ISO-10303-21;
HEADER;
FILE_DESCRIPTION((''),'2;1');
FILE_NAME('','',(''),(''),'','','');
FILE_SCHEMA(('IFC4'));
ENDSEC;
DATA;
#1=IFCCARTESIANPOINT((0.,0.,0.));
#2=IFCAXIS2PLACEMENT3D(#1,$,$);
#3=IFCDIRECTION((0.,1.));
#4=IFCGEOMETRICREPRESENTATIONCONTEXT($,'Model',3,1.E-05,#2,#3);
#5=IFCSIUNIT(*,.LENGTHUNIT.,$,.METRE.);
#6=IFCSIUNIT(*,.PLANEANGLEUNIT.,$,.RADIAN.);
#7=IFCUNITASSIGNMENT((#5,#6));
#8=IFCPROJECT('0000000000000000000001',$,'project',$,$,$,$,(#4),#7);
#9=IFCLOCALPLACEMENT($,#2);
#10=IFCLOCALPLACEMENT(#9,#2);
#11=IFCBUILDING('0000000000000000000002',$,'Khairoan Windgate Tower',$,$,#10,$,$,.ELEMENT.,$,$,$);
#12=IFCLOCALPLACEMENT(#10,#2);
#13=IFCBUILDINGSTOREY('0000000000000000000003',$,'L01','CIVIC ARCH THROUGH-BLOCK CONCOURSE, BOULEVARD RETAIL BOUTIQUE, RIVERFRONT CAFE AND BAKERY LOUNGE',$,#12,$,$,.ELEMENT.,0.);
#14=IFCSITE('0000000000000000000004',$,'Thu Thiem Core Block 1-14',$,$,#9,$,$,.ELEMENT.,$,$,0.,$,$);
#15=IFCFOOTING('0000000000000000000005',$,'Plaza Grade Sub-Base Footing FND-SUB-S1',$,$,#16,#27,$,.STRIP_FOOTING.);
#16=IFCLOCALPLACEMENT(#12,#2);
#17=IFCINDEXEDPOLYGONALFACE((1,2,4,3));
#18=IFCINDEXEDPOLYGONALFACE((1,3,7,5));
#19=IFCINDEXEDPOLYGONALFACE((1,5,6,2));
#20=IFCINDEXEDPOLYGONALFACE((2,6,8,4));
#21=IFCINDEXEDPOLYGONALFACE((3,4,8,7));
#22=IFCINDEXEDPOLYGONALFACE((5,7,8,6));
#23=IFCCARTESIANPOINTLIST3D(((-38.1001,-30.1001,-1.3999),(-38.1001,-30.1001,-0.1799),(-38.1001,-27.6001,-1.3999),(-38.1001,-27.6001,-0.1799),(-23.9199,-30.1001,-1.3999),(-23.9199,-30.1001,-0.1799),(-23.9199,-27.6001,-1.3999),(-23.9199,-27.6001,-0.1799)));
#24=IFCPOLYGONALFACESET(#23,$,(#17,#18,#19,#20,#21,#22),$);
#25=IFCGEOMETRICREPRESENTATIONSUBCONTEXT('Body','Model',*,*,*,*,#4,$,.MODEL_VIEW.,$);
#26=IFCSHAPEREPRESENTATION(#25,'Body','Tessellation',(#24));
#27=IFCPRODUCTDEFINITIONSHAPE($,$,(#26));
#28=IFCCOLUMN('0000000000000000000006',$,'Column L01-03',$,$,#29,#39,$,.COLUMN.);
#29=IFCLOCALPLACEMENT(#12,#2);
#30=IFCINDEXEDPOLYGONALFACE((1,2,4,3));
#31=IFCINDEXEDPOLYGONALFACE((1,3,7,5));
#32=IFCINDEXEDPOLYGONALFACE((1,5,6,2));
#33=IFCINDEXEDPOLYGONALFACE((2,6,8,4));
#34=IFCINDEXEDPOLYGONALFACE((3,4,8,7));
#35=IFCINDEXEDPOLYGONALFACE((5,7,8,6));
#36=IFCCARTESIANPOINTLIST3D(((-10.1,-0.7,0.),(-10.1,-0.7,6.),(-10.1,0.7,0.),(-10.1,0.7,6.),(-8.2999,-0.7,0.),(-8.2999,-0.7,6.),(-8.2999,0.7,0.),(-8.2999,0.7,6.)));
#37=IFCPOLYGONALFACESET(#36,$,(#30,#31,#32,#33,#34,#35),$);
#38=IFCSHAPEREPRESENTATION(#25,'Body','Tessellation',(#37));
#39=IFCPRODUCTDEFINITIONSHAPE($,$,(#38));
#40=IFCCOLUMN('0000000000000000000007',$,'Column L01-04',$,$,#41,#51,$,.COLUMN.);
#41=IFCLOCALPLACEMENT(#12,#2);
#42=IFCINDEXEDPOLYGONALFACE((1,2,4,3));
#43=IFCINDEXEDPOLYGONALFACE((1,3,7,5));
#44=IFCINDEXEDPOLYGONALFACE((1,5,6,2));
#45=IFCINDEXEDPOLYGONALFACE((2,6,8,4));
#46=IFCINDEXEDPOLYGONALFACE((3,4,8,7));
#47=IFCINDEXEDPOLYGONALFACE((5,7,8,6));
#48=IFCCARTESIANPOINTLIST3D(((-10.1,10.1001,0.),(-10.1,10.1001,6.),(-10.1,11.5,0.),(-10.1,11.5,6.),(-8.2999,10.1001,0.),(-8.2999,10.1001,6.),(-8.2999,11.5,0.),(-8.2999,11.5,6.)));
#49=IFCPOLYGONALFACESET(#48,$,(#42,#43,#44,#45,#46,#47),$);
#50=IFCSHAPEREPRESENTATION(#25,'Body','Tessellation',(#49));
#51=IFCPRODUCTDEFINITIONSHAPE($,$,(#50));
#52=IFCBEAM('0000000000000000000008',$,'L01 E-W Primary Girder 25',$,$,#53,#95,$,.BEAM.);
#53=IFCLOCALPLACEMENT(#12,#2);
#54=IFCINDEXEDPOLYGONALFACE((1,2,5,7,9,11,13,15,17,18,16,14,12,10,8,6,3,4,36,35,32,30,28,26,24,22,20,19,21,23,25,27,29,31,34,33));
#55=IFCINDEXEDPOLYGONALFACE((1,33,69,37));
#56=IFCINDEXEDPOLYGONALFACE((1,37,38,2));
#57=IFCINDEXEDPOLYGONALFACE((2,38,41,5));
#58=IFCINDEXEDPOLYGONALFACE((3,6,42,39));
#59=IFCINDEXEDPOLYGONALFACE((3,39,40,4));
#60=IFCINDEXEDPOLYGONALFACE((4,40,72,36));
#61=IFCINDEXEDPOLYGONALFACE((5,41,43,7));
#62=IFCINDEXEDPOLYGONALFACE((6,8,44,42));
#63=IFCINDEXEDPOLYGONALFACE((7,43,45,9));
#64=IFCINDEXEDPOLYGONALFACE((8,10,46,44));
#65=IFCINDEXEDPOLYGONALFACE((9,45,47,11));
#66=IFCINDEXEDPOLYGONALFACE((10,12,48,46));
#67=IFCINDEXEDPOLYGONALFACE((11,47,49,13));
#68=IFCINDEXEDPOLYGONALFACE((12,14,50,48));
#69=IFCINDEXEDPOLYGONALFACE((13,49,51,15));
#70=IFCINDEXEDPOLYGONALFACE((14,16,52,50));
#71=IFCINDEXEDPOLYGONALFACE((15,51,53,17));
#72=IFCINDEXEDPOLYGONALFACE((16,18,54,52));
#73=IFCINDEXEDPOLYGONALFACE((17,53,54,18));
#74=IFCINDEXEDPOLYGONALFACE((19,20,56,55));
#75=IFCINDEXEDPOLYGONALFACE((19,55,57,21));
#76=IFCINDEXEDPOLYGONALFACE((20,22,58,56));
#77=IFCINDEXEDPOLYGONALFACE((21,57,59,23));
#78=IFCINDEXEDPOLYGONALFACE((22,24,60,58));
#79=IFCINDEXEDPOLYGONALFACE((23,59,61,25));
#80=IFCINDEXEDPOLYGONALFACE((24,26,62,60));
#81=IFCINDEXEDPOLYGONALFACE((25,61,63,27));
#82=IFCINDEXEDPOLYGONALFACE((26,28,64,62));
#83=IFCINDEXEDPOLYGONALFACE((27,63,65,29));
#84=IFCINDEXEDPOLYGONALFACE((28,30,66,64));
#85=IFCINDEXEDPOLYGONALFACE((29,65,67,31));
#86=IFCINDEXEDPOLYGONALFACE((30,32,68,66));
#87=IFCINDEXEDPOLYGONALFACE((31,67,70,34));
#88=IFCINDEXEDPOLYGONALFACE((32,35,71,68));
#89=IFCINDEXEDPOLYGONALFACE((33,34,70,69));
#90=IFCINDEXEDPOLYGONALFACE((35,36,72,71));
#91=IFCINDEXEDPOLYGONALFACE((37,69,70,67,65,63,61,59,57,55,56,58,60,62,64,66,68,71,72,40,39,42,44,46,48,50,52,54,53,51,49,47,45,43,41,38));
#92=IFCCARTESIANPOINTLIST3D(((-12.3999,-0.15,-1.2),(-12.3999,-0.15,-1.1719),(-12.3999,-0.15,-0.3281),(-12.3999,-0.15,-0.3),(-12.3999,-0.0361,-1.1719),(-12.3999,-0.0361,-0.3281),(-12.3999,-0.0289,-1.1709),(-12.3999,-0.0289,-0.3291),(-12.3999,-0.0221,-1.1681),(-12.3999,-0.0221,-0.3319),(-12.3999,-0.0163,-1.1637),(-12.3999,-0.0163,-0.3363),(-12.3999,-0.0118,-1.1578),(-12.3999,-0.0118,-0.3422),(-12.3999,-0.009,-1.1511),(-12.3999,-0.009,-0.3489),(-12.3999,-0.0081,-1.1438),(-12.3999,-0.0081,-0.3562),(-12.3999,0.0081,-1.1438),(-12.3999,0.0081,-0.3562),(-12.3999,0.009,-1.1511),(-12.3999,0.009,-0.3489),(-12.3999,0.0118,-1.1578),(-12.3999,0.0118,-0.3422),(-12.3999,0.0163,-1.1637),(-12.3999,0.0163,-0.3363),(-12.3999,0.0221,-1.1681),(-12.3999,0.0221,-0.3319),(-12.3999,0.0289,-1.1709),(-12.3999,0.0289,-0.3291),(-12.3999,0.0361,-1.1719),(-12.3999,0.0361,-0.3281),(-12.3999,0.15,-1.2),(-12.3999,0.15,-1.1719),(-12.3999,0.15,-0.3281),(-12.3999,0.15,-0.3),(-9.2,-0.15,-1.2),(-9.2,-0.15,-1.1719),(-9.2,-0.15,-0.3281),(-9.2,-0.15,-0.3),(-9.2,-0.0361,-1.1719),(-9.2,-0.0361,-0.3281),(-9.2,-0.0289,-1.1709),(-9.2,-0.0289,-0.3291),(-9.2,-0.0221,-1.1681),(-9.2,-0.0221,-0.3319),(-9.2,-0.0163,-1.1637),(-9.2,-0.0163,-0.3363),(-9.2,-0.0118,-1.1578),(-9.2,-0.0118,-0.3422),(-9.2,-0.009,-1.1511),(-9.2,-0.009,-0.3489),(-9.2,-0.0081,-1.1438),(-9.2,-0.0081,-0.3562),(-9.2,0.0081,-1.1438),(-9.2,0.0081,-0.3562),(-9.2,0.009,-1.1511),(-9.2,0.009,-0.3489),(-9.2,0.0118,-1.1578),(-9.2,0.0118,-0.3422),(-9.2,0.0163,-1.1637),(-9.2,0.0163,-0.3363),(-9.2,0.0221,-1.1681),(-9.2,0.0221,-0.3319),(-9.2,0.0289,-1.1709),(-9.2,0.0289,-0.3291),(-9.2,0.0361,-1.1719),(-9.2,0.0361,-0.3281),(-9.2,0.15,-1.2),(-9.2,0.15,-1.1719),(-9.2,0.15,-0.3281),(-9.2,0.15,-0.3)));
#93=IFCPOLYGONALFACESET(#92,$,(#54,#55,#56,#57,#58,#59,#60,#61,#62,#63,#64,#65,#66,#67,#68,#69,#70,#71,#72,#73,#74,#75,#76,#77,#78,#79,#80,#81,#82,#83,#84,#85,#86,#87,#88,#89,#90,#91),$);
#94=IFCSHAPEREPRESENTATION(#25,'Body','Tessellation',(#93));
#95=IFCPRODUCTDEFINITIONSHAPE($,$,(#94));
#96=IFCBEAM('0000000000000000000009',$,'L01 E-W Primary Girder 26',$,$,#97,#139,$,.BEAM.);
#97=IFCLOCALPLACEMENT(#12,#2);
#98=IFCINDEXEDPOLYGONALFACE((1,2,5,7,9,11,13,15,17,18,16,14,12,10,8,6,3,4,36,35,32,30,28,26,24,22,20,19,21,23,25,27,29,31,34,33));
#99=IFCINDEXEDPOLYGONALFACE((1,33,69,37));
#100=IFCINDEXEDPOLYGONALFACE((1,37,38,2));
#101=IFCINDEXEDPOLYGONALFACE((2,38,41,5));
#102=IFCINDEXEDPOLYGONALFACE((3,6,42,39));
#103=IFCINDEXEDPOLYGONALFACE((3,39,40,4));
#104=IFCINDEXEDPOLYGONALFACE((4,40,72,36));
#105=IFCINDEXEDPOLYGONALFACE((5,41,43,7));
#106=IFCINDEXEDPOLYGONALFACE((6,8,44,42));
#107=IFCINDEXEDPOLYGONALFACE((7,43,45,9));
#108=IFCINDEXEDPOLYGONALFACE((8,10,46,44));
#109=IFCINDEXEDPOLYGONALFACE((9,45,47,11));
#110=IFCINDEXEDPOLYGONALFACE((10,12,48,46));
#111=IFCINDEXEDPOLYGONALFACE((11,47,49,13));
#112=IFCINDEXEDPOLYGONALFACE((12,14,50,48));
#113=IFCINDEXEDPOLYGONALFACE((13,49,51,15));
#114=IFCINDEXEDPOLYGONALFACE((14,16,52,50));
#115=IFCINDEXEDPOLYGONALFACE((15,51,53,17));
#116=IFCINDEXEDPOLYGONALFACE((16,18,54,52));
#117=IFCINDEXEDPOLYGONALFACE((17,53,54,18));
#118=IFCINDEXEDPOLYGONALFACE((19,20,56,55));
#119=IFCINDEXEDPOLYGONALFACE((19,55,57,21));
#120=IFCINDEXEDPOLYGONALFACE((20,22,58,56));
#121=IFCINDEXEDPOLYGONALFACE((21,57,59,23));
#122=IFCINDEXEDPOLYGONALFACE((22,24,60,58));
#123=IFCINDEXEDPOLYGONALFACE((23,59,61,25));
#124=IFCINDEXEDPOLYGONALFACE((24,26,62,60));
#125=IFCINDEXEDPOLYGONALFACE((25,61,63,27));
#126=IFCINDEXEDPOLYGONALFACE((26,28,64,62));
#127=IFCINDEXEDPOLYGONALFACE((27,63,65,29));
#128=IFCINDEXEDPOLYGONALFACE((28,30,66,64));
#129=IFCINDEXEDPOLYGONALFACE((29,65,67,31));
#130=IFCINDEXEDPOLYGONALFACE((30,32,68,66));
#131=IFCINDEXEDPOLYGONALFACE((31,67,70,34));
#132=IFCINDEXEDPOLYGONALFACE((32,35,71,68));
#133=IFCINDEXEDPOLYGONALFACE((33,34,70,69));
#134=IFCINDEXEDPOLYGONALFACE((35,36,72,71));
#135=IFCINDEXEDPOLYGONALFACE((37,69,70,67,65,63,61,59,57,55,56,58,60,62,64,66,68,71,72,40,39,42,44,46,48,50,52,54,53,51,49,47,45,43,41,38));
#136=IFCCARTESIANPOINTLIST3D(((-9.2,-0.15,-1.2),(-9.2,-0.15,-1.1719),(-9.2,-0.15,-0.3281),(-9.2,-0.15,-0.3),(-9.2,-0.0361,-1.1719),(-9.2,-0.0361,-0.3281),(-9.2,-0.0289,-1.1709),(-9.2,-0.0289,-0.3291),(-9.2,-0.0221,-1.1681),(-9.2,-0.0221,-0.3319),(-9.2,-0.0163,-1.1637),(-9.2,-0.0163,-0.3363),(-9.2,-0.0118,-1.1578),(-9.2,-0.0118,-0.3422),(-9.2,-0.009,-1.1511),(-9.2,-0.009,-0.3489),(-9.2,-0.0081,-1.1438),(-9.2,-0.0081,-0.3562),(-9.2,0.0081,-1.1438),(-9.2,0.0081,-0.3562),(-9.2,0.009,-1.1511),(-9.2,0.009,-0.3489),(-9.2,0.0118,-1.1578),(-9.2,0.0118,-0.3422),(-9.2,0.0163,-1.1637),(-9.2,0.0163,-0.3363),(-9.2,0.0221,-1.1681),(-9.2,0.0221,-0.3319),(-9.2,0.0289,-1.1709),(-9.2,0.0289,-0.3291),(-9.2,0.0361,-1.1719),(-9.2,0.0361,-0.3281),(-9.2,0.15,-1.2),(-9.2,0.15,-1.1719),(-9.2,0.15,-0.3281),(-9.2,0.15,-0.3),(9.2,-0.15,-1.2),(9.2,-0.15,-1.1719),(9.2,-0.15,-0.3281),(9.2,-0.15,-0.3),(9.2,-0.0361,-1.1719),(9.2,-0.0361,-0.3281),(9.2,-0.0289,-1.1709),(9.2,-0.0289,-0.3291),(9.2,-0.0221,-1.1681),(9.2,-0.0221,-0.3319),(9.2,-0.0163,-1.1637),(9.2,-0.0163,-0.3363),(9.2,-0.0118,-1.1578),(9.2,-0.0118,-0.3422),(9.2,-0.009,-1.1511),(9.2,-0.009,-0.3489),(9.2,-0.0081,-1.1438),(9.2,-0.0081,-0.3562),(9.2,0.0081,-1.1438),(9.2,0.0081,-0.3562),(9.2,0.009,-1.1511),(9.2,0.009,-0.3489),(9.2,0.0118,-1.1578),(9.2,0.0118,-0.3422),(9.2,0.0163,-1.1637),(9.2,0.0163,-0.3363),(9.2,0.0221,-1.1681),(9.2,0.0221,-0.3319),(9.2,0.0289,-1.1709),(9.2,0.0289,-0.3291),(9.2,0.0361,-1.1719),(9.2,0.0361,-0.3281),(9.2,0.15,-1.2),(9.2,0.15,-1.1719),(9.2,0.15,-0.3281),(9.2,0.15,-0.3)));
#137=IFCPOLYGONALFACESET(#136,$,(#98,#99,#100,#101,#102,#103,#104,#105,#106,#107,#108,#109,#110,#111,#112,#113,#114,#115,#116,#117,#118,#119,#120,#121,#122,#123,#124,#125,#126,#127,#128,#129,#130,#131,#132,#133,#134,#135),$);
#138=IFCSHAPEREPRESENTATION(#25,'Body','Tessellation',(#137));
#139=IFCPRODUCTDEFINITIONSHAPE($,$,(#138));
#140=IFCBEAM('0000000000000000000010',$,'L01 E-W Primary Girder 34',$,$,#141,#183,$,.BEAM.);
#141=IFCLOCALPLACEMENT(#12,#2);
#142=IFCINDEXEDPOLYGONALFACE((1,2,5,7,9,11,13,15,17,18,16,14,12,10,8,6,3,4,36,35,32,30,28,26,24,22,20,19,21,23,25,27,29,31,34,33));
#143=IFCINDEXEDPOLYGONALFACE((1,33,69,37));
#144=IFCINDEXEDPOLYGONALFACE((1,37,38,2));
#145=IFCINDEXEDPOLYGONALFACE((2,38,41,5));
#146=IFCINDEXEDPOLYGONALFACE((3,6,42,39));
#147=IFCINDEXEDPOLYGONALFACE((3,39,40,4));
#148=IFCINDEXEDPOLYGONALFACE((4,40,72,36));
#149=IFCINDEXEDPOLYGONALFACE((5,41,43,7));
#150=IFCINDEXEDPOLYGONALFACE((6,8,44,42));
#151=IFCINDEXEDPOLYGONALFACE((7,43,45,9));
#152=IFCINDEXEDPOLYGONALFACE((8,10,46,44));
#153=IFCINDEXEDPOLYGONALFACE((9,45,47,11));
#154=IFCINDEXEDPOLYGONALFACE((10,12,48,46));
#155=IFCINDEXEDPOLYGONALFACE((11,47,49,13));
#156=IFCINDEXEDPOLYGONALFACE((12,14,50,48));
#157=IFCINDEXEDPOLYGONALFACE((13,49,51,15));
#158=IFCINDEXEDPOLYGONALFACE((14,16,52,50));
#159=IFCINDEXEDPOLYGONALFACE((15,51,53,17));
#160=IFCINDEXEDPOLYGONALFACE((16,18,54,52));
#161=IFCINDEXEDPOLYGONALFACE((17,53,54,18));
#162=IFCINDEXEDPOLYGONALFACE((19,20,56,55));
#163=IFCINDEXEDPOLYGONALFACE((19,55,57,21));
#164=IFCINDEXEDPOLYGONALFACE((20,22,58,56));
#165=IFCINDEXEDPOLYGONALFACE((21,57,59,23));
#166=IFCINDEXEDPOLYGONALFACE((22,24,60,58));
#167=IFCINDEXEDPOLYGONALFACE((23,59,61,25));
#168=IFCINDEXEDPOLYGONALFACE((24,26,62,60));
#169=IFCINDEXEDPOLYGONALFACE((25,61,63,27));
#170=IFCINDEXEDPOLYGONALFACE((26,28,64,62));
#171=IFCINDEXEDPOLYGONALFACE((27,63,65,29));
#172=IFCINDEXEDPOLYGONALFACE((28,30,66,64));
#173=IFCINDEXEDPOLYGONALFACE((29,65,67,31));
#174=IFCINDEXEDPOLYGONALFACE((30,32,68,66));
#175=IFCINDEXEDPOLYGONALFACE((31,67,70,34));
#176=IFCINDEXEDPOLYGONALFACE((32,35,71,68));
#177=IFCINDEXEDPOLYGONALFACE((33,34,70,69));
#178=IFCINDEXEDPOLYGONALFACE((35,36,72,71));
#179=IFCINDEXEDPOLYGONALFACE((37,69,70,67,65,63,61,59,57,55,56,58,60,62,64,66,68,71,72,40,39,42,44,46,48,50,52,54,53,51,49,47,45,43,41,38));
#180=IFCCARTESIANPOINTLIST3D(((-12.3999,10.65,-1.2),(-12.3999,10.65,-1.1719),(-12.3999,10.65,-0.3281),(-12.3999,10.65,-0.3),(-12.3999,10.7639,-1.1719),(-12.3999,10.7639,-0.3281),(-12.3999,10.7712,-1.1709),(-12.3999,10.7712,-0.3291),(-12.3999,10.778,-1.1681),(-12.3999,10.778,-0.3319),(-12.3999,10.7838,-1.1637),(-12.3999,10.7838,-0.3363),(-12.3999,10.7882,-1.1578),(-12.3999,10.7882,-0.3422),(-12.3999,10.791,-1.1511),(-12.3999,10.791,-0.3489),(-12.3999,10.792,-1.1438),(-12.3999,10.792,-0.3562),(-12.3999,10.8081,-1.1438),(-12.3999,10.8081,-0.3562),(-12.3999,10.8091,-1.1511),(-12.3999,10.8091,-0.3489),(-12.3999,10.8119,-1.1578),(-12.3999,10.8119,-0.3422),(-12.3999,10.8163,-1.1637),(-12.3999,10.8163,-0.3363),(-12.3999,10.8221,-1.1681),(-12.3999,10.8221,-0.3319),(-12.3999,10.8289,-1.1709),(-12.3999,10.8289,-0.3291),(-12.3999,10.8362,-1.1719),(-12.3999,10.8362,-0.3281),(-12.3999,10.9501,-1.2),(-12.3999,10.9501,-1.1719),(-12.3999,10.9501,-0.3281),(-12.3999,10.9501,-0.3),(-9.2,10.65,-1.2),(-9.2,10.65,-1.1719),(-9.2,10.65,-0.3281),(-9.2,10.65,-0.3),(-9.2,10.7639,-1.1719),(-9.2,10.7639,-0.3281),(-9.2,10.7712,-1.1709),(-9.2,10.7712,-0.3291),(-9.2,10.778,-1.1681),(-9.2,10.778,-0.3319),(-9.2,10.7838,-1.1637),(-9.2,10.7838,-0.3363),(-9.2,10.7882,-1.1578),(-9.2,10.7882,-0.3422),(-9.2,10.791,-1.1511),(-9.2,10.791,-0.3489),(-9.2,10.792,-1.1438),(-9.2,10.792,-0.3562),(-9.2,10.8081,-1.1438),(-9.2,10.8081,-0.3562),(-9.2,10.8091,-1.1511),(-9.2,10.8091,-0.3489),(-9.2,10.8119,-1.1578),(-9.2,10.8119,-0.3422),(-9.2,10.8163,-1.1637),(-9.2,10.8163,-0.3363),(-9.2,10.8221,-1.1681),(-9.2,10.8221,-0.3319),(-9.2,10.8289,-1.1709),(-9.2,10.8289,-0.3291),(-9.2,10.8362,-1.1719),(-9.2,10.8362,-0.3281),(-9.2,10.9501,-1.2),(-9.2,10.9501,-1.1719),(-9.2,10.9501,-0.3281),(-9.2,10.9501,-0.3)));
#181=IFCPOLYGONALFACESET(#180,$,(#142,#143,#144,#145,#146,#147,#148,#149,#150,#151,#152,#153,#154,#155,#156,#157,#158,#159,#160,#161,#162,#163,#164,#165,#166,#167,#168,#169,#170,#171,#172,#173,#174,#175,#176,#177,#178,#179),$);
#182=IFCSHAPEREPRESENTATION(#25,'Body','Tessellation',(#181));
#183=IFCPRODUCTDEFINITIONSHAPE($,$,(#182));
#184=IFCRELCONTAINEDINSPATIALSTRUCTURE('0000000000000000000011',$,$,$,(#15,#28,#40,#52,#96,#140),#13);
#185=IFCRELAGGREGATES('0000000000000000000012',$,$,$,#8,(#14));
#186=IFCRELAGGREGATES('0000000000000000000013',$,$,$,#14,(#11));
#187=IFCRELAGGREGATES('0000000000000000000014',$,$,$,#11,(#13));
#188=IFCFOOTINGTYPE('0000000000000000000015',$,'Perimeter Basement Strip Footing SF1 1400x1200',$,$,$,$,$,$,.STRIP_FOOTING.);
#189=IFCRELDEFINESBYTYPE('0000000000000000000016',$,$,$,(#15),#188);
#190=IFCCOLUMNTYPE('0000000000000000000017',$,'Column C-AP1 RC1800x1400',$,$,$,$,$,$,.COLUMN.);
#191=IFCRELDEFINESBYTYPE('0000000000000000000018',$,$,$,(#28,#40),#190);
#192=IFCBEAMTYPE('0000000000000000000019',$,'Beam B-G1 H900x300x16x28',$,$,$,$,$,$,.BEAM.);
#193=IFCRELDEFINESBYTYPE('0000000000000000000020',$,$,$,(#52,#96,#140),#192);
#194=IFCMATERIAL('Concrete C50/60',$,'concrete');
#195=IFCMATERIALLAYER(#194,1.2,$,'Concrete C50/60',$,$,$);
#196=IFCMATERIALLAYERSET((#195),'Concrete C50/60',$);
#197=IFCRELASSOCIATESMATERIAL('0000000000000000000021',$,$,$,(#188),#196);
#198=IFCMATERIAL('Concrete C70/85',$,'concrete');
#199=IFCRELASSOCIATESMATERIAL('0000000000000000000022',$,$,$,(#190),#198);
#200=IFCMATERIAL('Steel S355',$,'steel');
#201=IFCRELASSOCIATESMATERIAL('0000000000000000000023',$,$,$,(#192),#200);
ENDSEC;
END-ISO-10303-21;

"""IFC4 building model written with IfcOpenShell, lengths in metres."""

from ifc_helpers import new_model, si_unit, direction, frame, origin, origin_2d, place, context, subcontext, project, spatial, polyline, rectangle, i_section, outline, extrude, material, layer, layer_set, material_profile, profile_set, type_object, element, save


model = new_model("IFC4")

# Units and contexts
model_context = context("Model", 3, precision=1e-05, world=origin(), true_north=direction((0.0, 1.0)))
body_context = subcontext(model_context, "Body", "Model", "MODEL_VIEW")
ifc_project = project(units=[si_unit("LENGTHUNIT", "METRE"), si_unit("PLANEANGLEUNIT", "RADIAN")], contexts=[model_context])

# Site, building, storey
site_placement = place(None, origin())
site = spatial("IfcSite", under=ifc_project, at=site_placement, Name="Thu Thiem Core Block 1-14", CompositionType="ELEMENT", RefElevation=0.0)
building_placement = place(site_placement, origin())
building = spatial("IfcBuilding", under=site, at=building_placement, Name="Khairoan Windgate Tower", CompositionType="ELEMENT")
storey_placement = place(building_placement, origin())
storey = spatial("IfcBuildingStorey", under=building, at=storey_placement, Name="L01", Description="CIVIC ARCH THROUGH-BLOCK CONCOURSE, BOULEVARD RETAIL BOUTIQUE, RIVERFRONT CAFE AND BAKERY LOUNGE", CompositionType="ELEMENT", Elevation=0.0)

# Footing
ifc_material_1 = material(Name="Concrete C50/60", Category="concrete")
ifc_layer_1 = layer(ifc_material_1, 1.2, Name="Concrete C50/60")
ifc_layer_set_1 = layer_set([ifc_layer_1], Name="Concrete C50/60")
footing_type = type_object("IfcFootingType", Name="Perimeter Basement Strip Footing SF1 1400x1200", PredefinedType="STRIP_FOOTING", material=ifc_layer_set_1)
footing_placement = place(storey_placement, frame((0.0, 0.0, -1.3999)))
element("IfcFooting", 1, at=footing_placement, inside=storey, type_object=footing_type, Name="Plaza Grade Sub-Base Footing FND-SUB-S1", PredefinedType="STRIP_FOOTING", context=body_context, shape_type="SweptSolid", body=[
    extrude(outline(polyline([(-38.1001, -30.1001), (-23.9199, -30.1001), (-23.9199, -27.6001), (-38.1001, -27.6001), (-38.1001, -30.1001)])), origin(), (0.0, 0.0, 1.0), 1.22),
])

# Columns
ifc_material_2 = material(Name="Concrete C70/85", Category="concrete")
ifc_material_profile_1 = material_profile(ifc_material_2, rectangle(XDim=1.8, YDim=1.3999, at=origin_2d()))
ifc_profile_set_1 = profile_set([ifc_material_profile_1], Name="Concrete C70/85")
column_type = type_object("IfcColumnType", Name="Column C-AP1 RC1800x1400", PredefinedType="COLUMN", material=ifc_profile_set_1)
for number, where, z_axis, x_axis, name in (
    (2, (-9.2, 0.0, 0.0), (0.0, 0.0, 1.0), (1.0, 0.0, 0.0), "Column L01-03"),
    (3, (-9.2, 10.8, 0.0), (0.0, 0.0, 1.0), (1.0, 0.0, 0.0), "Column L01-04"),
):
    element("IfcColumn", number, at=place(storey_placement, frame(where, z_axis=z_axis, x_axis=x_axis)), inside=storey, type_object=column_type, Name=name, PredefinedType="COLUMN", context=body_context, shape_type="SweptSolid", body=[
        extrude(rectangle(XDim=1.8, YDim=1.3999, at=origin_2d()), origin(), (0.0, 0.0, 1.0), 6.0),
    ])

# Beams
ifc_material_3 = material(Name="Steel S355", Category="steel")
ifc_material_profile_2 = material_profile(ifc_material_3, i_section(OverallWidth=0.3, OverallDepth=0.8999, WebThickness=0.0161, FlangeThickness=0.0281, FilletRadius=0.0281, at=origin_2d()))
ifc_profile_set_2 = profile_set([ifc_material_profile_2], Name="Steel S355")
beam_type_1 = type_object("IfcBeamType", Name="Beam B-G1 H900x300x16x28", PredefinedType="BEAM", material=ifc_profile_set_2)
beam_1_placement = place(storey_placement, frame((-12.3999, 0.0, -0.75), z_axis=(1.0, 0.0, 0.0), x_axis=(0.0, 1.0, 0.0)))
element("IfcBeam", 4, at=beam_1_placement, inside=storey, type_object=beam_type_1, Name="L01 E-W Primary Girder 25", PredefinedType="BEAM", context=body_context, shape_type="SweptSolid", body=[
    extrude(i_section(OverallWidth=0.3, OverallDepth=0.8999, WebThickness=0.0161, FlangeThickness=0.0281, FilletRadius=0.0281, at=origin_2d()), origin(), (0.0, 0.0, 1.0), 3.2),
])
beam_2_placement = place(storey_placement, frame((-9.2, 0.0, -0.75), z_axis=(1.0, 0.0, 0.0), x_axis=(0.0, 1.0, 0.0)))
element("IfcBeam", 5, at=beam_2_placement, inside=storey, type_object=beam_type_1, Name="L01 E-W Primary Girder 26", PredefinedType="BEAM", context=body_context, shape_type="SweptSolid", body=[
    extrude(i_section(OverallWidth=0.3, OverallDepth=0.8999, WebThickness=0.0161, FlangeThickness=0.0281, FilletRadius=0.0281, at=origin_2d()), origin(), (0.0, 0.0, 1.0), 18.3999),
])
beam_3_placement = place(storey_placement, frame((-12.3999, 10.8, -0.75), z_axis=(1.0, 0.0, 0.0), x_axis=(0.0, 1.0, 0.0)))
element("IfcBeam", 6, at=beam_3_placement, inside=storey, type_object=beam_type_1, Name="L01 E-W Primary Girder 34", PredefinedType="BEAM", context=body_context, shape_type="SweptSolid", body=[
    extrude(i_section(OverallWidth=0.3, OverallDepth=0.8999, WebThickness=0.0161, FlangeThickness=0.0281, FilletRadius=0.0281, at=origin_2d()), origin(), (0.0, 0.0, 1.0), 3.2),
])

save(model, "model.ifc")
